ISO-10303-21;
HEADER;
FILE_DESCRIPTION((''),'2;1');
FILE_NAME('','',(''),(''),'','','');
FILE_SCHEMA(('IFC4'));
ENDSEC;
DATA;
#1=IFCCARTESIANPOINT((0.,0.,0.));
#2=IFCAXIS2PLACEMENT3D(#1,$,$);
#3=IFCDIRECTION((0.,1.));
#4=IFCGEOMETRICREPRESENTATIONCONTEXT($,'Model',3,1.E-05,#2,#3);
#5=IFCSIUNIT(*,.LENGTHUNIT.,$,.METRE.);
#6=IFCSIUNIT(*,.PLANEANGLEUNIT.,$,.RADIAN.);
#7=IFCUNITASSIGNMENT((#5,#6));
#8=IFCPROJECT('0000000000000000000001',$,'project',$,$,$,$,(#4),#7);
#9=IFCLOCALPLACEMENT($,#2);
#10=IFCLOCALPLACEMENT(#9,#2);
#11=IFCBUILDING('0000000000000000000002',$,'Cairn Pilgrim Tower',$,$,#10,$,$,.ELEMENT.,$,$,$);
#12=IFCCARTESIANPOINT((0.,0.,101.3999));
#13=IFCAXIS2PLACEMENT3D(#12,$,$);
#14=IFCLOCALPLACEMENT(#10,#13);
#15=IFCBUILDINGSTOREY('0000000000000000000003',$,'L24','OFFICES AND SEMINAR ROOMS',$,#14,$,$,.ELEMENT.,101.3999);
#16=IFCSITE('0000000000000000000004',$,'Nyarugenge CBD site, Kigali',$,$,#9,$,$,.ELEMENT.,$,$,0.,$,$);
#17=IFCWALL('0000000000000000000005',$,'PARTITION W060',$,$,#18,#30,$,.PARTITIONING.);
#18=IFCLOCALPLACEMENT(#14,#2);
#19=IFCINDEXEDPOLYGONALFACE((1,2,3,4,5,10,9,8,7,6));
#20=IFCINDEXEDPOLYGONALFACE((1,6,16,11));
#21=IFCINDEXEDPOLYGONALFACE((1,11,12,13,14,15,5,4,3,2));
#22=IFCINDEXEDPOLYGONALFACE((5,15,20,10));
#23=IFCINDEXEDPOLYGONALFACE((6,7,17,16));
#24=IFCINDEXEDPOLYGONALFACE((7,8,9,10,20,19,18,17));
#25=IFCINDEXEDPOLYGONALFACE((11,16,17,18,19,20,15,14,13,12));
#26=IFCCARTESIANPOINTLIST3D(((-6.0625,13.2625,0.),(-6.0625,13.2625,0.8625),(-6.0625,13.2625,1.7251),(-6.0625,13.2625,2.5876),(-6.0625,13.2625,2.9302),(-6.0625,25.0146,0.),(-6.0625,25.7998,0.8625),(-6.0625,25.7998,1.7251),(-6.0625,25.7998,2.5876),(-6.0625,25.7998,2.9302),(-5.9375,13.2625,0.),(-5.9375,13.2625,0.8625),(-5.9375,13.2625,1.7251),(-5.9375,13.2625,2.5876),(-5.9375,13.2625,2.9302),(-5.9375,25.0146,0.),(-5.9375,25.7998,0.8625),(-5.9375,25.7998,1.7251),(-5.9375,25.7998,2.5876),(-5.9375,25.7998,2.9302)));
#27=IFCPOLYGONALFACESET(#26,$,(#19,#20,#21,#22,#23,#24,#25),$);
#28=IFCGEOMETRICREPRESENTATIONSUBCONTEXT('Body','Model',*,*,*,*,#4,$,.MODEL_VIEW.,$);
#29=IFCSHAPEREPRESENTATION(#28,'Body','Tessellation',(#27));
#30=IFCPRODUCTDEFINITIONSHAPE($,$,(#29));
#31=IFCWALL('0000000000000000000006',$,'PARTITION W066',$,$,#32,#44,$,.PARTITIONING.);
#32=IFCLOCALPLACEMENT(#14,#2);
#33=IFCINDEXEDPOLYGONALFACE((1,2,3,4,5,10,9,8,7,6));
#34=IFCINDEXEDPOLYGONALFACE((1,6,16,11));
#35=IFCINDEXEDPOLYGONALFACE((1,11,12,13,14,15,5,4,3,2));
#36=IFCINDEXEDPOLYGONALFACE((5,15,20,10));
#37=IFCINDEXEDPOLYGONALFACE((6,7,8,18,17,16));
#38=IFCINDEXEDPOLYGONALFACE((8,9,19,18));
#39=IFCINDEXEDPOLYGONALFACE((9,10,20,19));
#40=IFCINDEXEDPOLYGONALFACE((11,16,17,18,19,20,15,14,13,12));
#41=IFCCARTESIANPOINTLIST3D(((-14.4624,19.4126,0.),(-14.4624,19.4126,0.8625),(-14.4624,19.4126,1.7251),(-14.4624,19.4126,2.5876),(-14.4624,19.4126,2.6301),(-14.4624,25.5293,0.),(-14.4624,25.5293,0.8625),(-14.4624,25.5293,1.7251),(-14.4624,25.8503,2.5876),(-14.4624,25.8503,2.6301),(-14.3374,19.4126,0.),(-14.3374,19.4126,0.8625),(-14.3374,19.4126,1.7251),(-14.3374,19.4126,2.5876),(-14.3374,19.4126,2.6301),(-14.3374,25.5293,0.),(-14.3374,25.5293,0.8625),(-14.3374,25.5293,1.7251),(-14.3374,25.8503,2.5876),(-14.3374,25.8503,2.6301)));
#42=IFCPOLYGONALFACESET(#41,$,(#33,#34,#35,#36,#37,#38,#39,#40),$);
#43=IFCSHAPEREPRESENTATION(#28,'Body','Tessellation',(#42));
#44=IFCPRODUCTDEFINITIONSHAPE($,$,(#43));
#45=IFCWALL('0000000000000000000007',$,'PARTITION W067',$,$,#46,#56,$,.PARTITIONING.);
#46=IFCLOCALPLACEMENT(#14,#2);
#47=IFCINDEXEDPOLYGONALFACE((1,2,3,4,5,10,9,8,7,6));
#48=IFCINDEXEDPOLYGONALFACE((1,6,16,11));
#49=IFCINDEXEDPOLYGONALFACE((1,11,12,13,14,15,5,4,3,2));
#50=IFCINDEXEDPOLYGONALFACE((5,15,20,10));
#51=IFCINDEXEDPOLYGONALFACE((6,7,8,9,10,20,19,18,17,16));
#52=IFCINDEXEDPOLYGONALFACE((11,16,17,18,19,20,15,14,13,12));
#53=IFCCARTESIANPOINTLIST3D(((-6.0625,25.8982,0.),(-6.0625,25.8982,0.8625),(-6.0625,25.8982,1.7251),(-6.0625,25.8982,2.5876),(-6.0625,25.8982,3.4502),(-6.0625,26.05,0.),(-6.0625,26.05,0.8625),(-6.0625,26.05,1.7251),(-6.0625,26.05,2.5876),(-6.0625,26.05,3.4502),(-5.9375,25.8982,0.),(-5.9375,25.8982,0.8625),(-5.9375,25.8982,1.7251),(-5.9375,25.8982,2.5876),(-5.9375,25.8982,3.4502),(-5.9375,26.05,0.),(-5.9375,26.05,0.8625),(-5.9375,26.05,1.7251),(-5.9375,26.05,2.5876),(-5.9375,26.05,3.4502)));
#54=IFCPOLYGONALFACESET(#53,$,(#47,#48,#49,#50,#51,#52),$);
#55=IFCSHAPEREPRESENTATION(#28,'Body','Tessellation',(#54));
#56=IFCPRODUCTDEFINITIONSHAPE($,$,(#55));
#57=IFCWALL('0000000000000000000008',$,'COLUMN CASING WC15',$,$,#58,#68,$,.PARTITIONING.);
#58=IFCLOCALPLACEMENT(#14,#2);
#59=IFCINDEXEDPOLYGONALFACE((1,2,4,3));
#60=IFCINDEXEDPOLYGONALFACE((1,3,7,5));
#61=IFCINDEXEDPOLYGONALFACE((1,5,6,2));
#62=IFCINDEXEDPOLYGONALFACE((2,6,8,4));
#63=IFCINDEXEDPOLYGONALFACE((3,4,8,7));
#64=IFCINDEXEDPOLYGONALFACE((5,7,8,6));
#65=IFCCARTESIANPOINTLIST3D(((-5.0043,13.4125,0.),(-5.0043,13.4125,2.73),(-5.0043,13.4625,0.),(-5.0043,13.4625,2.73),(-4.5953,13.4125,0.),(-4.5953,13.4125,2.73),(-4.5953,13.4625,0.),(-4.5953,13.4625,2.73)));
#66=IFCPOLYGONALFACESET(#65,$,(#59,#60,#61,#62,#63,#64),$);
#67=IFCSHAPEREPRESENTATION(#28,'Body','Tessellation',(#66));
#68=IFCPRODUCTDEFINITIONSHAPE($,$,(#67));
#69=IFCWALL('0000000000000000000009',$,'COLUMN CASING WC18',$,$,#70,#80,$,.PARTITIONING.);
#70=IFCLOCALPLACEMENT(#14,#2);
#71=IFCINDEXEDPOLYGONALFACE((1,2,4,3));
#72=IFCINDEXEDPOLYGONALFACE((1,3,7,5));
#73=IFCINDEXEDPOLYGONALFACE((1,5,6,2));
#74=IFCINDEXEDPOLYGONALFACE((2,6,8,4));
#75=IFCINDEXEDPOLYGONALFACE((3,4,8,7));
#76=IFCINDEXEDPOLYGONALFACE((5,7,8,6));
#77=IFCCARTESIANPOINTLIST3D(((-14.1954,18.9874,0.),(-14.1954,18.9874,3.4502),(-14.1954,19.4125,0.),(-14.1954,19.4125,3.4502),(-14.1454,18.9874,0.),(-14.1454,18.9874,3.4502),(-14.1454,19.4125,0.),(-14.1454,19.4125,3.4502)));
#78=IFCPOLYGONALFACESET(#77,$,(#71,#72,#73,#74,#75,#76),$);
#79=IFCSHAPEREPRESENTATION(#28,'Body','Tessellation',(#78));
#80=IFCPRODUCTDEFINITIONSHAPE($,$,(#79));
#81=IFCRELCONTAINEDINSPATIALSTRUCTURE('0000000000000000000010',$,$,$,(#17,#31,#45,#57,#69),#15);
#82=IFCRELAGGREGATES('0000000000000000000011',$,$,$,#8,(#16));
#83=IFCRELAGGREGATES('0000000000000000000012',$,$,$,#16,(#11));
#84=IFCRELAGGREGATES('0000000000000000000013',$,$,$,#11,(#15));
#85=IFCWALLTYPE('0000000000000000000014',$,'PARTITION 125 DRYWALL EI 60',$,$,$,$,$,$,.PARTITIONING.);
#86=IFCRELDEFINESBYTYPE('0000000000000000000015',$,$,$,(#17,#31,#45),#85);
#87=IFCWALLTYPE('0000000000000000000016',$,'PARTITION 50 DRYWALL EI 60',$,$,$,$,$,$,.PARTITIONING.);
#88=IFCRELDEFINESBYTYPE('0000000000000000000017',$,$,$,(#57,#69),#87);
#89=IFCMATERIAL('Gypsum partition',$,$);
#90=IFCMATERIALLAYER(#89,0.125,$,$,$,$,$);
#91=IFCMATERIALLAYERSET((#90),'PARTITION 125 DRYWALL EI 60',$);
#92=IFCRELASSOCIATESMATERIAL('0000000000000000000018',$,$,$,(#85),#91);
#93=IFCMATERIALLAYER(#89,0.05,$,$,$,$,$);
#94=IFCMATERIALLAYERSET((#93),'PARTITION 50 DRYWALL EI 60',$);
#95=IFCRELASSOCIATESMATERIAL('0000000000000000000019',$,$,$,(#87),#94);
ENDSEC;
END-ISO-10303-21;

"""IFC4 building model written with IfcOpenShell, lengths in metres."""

from ifc_helpers import new_model, si_unit, direction, frame, frame_2d, origin, place, context, subcontext, project, spatial, polyline, rectangle, outline, extrude, material, layer, layer_set, type_object, element, save


model = new_model("IFC4")

# Units and contexts
model_context = context("Model", 3, precision=1e-05, world=origin(), true_north=direction((0.0, 1.0)))
body_context = subcontext(model_context, "Body", "Model", "MODEL_VIEW")
ifc_project = project(units=[si_unit("LENGTHUNIT", "METRE"), si_unit("PLANEANGLEUNIT", "RADIAN")], contexts=[model_context])

# Site, building, storey
site_placement = place(None, origin())
site = spatial("IfcSite", under=ifc_project, at=site_placement, Name="Nyarugenge CBD site, Kigali", CompositionType="ELEMENT", RefElevation=0.0)
building_placement = place(site_placement, origin())
building = spatial("IfcBuilding", under=site, at=building_placement, Name="Cairn Pilgrim Tower", CompositionType="ELEMENT")
storey_placement = place(building_placement, frame((0.0, 0.0, 101.3999)))
storey = spatial("IfcBuildingStorey", under=building, at=storey_placement, Name="L24", Description="OFFICES AND SEMINAR ROOMS", CompositionType="ELEMENT", Elevation=101.3999)

# Shared definitions
ifc_material_1 = material(Name="Gypsum partition")
ifc_layer_1 = layer(ifc_material_1, 0.125)
ifc_layer_set_1 = layer_set([ifc_layer_1], Name="PARTITION 125 DRYWALL EI 60")
wall_type_1 = type_object("IfcWallType", Name="PARTITION 125 DRYWALL EI 60", PredefinedType="PARTITIONING", material=ifc_layer_set_1)

# Walls
wall_1_placement = place(storey_placement, frame((-6.0, 13.2625, 0.0), z_axis=(0.0, 0.0, 1.0), x_axis=(0.0, 1.0, 0.0)))
element("IfcWall", 1, at=wall_1_placement, inside=storey, type_object=wall_type_1, Name="PARTITION W060", PredefinedType="PARTITIONING", context=body_context, shape_type="SweptSolid", body=[
    extrude(outline(polyline([(0.0, 0.0), (11.7522, 0.0), (12.5374, 0.8625), (12.5374, 1.7251), (12.5374, 2.5876), (12.5374, 2.9302), (0.0, 2.9302), (0.0, 2.5876), (0.0, 1.7251), (0.0, 0.8625), (0.0, 0.0)])), frame((0.0, 0.0625, 0.0), z_axis=(0.0, -1.0, 0.0), x_axis=(1.0, 0.0, 0.0)), (0.0, 0.0, 1.0), 0.125),
])
wall_2_placement = place(storey_placement, frame((-14.3999, 19.4126, 0.0), z_axis=(0.0, 0.0, 1.0), x_axis=(0.0, 1.0, 0.0)))
element("IfcWall", 2, at=wall_2_placement, inside=storey, type_object=wall_type_1, Name="PARTITION W066", PredefinedType="PARTITIONING", context=body_context, shape_type="SweptSolid", body=[
    extrude(outline(polyline([(0.0, 0.0), (6.1167, 0.0), (6.1167, 0.8625), (6.1167, 1.7251), (6.4377, 2.5876), (6.4377, 2.6301), (0.0, 2.6301), (0.0, 2.5876), (0.0, 1.7251), (0.0, 0.8625), (0.0, 0.0)])), frame((0.0, 0.0625, 0.0), z_axis=(0.0, -1.0, 0.0), x_axis=(1.0, 0.0, 0.0)), (0.0, 0.0, 1.0), 0.125),
])
wall_3_placement = place(storey_placement, frame((-6.0, 25.8982, 0.0), z_axis=(0.0, 0.0, 1.0), x_axis=(0.0, 1.0, 0.0)))
element("IfcWall", 3, at=wall_3_placement, inside=storey, type_object=wall_type_1, Name="PARTITION W067", PredefinedType="PARTITIONING", context=body_context, shape_type="SweptSolid", body=[
    extrude(outline(polyline([(0.0, 0.0), (0.1519, 0.0), (0.1519, 0.8625), (0.1519, 1.7251), (0.1519, 2.5876), (0.1519, 3.4502), (0.0, 3.4502), (0.0, 2.5876), (0.0, 1.7251), (0.0, 0.8625), (0.0, 0.0)])), frame((0.0, 0.0625, 0.0), z_axis=(0.0, -1.0, 0.0), x_axis=(1.0, 0.0, 0.0)), (0.0, 0.0, 1.0), 0.125),
])
ifc_layer_2 = layer(ifc_material_1, 0.05)
ifc_layer_set_2 = layer_set([ifc_layer_2], Name="PARTITION 50 DRYWALL EI 60")
wall_type_2 = type_object("IfcWallType", Name="PARTITION 50 DRYWALL EI 60", PredefinedType="PARTITIONING", material=ifc_layer_set_2)
wall_4_placement = place(storey_placement, frame((-5.0044, 13.4375, 0.0), z_axis=(0.0, 0.0, 1.0), x_axis=(1.0, 0.0, 0.0)))
element("IfcWall", 4, at=wall_4_placement, inside=storey, type_object=wall_type_2, Name="COLUMN CASING WC15", PredefinedType="PARTITIONING", context=body_context, shape_type="SweptSolid", body=[
    extrude(rectangle(XDim=0.4089, YDim=0.05, at=frame_2d((0.2046, 0.0))), origin(), (0.0, 0.0, 1.0), 2.73),
])
wall_5_placement = place(storey_placement, frame((-14.1704, 18.9875, 0.0), z_axis=(0.0, 0.0, 1.0), x_axis=(0.0, 1.0, 0.0)))
element("IfcWall", 5, at=wall_5_placement, inside=storey, type_object=wall_type_2, Name="COLUMN CASING WC18", PredefinedType="PARTITIONING", context=body_context, shape_type="SweptSolid", body=[
    extrude(rectangle(XDim=0.425, YDim=0.05, at=frame_2d((0.2124, 0.0))), origin(), (0.0, 0.0, 1.0), 3.4502),
])

save(model, "model.ifc")
